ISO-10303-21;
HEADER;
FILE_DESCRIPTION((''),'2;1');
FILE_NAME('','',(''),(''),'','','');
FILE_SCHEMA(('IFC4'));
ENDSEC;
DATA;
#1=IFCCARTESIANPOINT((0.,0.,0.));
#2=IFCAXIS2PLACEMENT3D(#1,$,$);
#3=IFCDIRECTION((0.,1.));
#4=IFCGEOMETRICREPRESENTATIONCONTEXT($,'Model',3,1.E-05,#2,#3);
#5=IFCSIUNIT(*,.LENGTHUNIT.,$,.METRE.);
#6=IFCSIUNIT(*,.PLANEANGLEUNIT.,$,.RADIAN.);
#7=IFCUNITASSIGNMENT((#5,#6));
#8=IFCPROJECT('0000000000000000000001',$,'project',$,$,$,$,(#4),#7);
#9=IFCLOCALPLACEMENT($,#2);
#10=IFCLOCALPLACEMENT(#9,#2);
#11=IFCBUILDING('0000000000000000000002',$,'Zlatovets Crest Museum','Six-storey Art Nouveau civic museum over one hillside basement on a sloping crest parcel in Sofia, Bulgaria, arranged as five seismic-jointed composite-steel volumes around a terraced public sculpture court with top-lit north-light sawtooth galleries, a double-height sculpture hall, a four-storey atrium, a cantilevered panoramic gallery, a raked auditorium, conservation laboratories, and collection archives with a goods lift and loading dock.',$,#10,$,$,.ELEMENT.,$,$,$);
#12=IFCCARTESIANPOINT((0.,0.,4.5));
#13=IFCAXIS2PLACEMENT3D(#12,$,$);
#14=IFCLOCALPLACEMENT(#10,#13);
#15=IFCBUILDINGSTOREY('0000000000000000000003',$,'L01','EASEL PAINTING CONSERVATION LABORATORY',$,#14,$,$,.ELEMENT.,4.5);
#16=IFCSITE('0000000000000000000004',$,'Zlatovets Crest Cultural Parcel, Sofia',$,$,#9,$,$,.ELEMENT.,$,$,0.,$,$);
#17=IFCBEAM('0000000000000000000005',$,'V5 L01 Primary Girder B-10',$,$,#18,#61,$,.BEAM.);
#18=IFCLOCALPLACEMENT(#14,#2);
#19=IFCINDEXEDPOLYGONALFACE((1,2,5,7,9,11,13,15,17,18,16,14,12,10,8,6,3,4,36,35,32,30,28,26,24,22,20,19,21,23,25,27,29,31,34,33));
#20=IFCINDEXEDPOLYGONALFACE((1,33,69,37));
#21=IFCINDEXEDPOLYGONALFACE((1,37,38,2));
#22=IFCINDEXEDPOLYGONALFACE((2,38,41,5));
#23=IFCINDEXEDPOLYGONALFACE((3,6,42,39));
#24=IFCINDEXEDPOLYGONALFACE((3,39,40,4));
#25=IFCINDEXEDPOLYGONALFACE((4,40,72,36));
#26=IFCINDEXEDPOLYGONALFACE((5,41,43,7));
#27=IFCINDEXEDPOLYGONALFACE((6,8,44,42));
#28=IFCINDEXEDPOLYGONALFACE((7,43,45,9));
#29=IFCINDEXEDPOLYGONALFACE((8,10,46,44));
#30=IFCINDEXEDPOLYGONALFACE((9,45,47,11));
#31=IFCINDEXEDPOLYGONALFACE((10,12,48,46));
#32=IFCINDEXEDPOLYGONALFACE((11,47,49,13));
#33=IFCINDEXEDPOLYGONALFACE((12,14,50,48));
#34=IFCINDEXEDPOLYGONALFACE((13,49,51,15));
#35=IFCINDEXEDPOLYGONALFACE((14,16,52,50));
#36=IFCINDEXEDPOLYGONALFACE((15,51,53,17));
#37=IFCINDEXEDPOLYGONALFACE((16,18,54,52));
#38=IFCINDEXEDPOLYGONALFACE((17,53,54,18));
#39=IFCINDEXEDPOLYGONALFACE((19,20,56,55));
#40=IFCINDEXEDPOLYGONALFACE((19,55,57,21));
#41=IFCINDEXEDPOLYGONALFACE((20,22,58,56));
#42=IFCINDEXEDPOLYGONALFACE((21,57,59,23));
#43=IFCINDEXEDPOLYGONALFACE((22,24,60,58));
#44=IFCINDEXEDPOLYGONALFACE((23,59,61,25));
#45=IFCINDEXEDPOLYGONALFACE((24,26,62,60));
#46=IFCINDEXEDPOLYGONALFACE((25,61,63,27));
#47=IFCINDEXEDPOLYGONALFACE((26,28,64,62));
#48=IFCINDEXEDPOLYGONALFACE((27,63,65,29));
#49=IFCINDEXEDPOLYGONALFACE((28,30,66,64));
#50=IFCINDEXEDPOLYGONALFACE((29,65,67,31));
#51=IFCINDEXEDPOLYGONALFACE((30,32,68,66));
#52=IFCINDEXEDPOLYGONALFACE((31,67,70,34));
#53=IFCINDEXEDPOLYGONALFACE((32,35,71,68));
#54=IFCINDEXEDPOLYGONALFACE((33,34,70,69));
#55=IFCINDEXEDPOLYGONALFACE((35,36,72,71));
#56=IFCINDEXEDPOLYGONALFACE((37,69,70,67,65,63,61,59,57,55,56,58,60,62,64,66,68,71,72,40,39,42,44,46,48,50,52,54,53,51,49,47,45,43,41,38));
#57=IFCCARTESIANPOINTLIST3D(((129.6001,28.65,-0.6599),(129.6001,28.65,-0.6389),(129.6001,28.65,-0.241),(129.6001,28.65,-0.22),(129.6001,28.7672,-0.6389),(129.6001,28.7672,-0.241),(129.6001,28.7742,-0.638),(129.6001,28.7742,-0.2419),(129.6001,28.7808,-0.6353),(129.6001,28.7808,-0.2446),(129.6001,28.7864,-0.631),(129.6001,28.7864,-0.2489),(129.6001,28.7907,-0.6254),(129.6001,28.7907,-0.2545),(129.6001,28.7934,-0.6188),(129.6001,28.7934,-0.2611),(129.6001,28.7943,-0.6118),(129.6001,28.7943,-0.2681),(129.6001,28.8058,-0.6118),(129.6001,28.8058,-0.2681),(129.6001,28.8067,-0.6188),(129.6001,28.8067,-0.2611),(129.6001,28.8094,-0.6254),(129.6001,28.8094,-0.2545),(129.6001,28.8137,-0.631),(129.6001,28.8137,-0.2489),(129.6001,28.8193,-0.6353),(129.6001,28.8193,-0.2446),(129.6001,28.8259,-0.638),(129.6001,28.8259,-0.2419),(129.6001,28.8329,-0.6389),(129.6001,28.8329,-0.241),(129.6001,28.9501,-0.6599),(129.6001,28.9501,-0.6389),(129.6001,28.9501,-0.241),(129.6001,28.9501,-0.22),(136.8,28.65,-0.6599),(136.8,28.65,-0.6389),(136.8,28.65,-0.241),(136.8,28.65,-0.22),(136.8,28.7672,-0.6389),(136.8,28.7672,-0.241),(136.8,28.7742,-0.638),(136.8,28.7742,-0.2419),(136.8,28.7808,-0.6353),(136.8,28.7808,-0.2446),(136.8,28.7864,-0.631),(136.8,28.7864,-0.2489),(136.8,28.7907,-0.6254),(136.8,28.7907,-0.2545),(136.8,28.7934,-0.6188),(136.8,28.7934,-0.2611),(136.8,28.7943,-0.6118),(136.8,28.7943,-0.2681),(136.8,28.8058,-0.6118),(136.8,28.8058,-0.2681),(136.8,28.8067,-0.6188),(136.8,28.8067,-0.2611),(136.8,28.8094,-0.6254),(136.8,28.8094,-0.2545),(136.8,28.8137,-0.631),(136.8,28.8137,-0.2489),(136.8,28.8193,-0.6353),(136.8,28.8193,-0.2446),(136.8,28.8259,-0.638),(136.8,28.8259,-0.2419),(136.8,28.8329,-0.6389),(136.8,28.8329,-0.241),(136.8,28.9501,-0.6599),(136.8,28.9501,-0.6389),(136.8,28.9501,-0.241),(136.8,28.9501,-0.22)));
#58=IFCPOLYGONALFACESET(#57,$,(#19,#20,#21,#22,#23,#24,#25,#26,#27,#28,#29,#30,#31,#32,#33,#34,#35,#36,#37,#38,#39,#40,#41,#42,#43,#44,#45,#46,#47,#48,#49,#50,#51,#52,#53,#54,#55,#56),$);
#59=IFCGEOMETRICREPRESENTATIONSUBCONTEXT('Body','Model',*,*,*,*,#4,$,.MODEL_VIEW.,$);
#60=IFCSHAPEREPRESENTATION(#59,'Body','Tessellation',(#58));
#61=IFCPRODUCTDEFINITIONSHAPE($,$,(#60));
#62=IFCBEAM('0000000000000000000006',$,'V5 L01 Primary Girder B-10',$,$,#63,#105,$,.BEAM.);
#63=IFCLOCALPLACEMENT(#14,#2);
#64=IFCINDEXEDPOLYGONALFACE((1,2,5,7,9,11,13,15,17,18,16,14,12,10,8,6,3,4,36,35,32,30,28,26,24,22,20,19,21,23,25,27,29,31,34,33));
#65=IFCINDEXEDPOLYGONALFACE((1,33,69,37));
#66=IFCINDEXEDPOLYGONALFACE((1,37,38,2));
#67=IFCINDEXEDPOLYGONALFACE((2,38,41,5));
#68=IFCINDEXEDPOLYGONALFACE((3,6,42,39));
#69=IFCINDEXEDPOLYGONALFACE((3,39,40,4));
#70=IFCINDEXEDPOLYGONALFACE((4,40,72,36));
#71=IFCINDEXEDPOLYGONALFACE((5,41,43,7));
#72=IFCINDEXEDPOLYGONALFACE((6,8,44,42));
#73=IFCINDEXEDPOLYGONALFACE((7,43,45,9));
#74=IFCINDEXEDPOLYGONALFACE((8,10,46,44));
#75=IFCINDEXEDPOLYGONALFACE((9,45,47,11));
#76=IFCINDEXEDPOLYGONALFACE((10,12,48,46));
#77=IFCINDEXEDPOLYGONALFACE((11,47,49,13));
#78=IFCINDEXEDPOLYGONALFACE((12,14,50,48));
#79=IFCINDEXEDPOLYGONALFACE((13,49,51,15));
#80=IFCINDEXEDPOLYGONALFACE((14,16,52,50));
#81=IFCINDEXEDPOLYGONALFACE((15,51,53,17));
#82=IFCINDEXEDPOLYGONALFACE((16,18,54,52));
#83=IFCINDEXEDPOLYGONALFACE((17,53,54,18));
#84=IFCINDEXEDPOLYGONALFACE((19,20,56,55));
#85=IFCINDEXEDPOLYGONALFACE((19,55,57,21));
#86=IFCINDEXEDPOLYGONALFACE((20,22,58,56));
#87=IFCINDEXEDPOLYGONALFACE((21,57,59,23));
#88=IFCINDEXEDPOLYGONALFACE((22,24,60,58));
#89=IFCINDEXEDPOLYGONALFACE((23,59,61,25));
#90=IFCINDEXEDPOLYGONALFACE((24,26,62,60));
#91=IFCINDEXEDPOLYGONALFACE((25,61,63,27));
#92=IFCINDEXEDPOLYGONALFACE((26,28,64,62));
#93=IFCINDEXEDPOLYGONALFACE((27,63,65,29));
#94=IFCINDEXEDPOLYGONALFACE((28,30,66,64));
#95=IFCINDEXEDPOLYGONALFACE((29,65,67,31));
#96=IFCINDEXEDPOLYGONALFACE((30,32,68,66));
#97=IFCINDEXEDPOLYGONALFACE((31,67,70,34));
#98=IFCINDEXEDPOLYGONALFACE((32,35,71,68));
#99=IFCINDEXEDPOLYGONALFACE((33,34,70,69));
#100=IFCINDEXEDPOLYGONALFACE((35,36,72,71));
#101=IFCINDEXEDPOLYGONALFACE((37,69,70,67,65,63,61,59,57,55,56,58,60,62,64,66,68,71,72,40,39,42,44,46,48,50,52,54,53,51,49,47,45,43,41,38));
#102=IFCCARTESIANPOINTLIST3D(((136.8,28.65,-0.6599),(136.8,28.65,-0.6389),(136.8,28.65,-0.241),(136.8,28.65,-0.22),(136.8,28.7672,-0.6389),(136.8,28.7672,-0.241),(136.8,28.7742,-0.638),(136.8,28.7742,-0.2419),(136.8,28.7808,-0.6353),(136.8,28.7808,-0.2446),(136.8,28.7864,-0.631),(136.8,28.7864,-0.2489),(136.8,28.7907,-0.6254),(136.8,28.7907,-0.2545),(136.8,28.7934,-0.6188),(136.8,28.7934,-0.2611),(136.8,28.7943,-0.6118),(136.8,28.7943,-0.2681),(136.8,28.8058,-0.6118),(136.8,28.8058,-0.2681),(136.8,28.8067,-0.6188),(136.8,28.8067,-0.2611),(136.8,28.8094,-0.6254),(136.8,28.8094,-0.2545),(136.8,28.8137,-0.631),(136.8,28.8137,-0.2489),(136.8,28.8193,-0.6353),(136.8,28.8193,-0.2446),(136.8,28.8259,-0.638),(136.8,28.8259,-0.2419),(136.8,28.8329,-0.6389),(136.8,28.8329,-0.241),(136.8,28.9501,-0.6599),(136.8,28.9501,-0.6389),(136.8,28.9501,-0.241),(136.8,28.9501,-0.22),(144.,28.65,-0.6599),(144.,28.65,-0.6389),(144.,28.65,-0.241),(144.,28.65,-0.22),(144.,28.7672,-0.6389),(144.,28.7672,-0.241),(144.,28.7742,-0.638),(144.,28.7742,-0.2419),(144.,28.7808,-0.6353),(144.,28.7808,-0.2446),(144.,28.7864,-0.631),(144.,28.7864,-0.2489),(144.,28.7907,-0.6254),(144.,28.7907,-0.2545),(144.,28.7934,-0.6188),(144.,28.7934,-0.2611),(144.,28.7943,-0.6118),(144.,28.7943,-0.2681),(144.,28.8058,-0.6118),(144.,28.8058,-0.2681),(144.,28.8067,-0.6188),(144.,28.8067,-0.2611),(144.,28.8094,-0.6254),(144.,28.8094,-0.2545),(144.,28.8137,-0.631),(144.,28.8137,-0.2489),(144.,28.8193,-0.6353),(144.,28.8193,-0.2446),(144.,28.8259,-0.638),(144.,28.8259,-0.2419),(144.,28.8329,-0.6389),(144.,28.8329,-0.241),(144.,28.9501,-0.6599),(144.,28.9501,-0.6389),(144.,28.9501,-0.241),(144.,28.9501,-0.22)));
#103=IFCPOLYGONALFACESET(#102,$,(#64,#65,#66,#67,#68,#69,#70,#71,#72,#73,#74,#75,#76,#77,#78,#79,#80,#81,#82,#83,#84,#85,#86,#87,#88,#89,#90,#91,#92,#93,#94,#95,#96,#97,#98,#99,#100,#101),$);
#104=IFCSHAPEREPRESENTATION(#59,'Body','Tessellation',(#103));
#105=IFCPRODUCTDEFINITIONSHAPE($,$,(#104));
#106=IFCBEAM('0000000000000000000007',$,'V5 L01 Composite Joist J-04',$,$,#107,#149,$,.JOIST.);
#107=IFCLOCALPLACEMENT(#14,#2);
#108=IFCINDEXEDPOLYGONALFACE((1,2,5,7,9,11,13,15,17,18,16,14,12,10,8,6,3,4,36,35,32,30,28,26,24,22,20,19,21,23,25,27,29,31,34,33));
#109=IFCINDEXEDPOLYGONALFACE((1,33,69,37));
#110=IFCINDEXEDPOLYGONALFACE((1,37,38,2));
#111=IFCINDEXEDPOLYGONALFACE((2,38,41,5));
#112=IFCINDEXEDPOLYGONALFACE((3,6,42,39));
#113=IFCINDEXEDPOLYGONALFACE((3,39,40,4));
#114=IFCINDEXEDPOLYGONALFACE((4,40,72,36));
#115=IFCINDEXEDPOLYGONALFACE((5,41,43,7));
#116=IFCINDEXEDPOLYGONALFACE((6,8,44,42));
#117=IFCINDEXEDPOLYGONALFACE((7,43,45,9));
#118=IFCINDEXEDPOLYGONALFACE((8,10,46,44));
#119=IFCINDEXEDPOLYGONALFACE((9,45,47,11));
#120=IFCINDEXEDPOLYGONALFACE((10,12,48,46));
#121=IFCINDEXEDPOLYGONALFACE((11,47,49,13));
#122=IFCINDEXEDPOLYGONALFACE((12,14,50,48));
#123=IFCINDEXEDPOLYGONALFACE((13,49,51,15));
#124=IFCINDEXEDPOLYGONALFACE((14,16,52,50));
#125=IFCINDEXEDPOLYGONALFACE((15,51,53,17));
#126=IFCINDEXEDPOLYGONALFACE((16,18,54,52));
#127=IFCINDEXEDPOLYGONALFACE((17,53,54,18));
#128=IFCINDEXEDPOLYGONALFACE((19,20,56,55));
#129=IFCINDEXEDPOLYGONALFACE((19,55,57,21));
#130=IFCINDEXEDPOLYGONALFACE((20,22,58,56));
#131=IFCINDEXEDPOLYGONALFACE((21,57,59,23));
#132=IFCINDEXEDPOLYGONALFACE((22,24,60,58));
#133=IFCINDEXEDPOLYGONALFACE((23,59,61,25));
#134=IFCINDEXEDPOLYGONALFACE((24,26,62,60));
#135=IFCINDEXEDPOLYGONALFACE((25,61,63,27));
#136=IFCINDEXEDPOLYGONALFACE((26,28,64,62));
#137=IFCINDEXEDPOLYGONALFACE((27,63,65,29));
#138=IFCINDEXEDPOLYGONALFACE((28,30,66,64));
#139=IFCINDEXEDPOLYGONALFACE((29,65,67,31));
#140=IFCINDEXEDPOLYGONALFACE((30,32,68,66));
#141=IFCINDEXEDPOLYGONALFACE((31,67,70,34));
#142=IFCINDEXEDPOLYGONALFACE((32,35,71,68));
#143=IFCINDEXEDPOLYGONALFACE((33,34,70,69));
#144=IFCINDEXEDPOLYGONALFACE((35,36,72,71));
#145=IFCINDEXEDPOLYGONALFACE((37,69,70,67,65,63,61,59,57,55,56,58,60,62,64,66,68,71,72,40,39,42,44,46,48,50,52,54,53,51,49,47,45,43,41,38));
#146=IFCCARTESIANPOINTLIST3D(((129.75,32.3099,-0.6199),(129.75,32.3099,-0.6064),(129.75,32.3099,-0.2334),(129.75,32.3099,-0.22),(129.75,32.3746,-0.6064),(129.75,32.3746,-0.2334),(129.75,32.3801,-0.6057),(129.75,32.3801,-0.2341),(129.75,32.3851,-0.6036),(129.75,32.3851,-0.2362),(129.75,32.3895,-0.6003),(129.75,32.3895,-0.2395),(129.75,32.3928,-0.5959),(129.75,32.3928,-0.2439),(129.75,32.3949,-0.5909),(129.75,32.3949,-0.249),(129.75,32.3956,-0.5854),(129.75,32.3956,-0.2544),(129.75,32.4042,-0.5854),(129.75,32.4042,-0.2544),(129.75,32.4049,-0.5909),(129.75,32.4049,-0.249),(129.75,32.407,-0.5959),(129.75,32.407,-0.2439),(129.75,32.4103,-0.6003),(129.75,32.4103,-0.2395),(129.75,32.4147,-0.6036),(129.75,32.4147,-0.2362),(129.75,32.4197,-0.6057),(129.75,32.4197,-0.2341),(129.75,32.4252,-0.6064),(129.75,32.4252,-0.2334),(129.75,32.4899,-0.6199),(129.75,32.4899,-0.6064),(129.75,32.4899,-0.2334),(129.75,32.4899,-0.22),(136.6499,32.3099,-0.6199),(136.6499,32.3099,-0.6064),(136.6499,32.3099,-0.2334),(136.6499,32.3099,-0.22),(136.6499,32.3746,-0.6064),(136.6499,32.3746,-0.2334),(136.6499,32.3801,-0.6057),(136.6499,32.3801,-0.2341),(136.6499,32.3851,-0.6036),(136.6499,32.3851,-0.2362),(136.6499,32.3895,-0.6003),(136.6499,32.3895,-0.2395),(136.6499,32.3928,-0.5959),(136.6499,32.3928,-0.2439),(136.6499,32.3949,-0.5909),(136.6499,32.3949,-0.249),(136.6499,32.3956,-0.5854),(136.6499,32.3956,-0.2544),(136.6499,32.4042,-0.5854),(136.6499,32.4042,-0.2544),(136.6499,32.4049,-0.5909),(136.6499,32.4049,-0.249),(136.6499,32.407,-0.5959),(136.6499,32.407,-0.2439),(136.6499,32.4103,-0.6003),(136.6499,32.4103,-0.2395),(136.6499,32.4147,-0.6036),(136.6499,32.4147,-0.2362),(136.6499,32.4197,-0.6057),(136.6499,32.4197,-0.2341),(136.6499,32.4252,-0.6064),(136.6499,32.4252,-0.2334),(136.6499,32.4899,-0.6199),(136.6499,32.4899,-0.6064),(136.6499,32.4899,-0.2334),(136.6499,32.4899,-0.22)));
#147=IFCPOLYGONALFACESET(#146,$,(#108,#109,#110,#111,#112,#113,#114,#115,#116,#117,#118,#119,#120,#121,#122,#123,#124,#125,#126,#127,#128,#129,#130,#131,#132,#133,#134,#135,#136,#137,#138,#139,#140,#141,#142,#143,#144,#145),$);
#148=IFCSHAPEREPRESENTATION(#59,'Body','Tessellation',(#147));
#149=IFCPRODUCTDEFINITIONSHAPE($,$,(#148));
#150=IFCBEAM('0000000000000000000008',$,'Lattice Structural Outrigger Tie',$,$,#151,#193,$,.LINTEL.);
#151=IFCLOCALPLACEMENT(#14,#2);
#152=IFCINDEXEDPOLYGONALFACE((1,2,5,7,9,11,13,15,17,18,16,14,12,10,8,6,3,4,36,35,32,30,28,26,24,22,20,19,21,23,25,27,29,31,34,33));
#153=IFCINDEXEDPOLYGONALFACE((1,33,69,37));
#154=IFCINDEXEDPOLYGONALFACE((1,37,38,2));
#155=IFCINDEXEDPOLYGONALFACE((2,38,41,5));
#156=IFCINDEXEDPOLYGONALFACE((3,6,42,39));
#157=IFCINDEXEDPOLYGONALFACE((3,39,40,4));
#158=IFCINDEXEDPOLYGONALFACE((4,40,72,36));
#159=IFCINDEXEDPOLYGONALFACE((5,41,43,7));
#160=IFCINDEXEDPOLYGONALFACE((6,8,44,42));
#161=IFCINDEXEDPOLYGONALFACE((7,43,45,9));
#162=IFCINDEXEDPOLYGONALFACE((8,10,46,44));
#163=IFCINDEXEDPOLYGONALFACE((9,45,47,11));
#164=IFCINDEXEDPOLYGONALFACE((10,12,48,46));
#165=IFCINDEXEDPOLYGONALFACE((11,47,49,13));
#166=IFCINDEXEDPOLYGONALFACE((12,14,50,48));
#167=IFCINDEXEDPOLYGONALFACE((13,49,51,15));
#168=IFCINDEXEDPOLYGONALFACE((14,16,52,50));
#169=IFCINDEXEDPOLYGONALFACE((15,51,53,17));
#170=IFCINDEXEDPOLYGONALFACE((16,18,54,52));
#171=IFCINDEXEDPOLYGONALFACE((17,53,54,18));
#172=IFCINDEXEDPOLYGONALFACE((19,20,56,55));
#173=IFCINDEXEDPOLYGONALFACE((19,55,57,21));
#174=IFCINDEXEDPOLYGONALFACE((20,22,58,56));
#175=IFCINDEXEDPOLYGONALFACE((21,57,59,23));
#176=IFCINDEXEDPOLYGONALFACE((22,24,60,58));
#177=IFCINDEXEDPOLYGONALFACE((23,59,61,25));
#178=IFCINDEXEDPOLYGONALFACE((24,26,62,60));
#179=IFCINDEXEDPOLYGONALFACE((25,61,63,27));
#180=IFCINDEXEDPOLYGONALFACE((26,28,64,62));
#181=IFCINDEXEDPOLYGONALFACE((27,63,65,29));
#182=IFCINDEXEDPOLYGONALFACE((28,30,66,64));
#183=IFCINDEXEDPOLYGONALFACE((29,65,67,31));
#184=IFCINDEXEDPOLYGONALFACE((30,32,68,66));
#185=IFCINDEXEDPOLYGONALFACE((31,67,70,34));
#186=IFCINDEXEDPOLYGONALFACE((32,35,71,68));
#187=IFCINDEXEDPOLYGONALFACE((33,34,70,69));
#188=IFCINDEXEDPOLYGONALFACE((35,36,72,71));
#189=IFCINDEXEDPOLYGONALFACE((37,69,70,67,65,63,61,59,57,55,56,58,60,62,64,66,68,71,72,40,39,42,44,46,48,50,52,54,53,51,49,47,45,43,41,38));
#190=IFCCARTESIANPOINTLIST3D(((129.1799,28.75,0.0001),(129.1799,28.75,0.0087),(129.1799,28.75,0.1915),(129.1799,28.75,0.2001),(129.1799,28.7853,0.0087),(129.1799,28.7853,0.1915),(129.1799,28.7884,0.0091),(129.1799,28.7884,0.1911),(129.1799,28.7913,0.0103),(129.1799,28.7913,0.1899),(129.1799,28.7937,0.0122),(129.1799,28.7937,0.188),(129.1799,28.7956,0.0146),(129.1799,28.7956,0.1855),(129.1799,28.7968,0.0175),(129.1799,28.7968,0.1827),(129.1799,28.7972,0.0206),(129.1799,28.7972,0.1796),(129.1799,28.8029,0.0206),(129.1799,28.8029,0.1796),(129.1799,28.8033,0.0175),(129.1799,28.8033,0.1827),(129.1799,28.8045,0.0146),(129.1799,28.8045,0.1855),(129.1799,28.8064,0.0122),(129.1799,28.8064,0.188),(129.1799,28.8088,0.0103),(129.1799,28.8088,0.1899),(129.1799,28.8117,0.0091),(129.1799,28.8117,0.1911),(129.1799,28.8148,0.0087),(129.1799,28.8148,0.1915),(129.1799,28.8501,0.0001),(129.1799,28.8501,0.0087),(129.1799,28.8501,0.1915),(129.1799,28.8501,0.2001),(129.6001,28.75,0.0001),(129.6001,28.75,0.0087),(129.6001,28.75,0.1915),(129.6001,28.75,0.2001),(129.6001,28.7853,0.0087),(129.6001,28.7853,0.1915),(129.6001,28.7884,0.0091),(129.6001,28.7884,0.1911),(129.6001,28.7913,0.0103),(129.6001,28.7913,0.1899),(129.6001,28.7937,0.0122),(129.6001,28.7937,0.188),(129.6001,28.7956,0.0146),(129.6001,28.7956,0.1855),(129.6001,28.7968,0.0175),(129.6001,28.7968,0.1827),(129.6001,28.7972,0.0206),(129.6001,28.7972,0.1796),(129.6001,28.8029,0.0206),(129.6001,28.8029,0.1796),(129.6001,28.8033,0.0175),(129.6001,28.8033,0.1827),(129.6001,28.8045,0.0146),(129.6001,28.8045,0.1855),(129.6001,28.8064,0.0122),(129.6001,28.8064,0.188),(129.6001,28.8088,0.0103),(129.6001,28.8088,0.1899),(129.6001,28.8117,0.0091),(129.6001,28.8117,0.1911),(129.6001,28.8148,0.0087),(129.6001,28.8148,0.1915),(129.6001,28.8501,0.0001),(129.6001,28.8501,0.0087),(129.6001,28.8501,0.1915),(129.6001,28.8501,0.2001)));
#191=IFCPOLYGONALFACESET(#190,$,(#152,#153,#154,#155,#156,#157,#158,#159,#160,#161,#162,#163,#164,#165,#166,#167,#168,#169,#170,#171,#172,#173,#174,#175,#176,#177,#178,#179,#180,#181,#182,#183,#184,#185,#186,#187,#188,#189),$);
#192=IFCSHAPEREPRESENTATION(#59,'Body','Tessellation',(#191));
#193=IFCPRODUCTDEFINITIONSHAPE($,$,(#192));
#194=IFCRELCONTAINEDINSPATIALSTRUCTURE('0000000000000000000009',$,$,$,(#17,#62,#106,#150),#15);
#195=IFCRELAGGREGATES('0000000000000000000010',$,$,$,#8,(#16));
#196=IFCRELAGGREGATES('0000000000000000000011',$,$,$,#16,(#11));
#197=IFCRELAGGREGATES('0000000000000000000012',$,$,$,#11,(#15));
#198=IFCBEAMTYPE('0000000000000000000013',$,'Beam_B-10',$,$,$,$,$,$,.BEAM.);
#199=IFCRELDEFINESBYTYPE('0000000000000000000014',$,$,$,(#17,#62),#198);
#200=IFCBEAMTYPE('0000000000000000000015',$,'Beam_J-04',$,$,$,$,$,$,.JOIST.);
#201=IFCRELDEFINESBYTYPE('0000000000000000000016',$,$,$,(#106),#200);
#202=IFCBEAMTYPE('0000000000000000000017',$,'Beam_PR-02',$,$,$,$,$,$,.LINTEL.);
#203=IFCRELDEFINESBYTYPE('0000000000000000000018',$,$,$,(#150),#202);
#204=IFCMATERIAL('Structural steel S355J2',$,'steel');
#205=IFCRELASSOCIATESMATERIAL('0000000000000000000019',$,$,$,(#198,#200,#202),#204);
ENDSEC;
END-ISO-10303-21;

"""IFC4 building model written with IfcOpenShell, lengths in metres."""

from ifc_helpers import new_model, si_unit, direction, frame, origin, origin_2d, place, context, subcontext, project, spatial, i_section, extrude, material, material_profile, profile_set, type_object, element, save


model = new_model("IFC4")

# Units and contexts
model_context = context("Model", 3, precision=1e-05, world=origin(), true_north=direction((0.0, 1.0)))
body_context = subcontext(model_context, "Body", "Model", "MODEL_VIEW")
ifc_project = project(units=[si_unit("LENGTHUNIT", "METRE"), si_unit("PLANEANGLEUNIT", "RADIAN")], contexts=[model_context])

# Site, building, storey
site_placement = place(None, origin())
site = spatial("IfcSite", under=ifc_project, at=site_placement, Name="Zlatovets Crest Cultural Parcel, Sofia", CompositionType="ELEMENT", RefElevation=0.0)
building_placement = place(site_placement, origin())
building = spatial("IfcBuilding", under=site, at=building_placement, Name="Zlatovets Crest Museum", Description="Six-storey Art Nouveau civic museum over one hillside basement on a sloping crest parcel in Sofia, Bulgaria, arranged as five seismic-jointed composite-steel volumes around a terraced public sculpture court with top-lit north-light sawtooth galleries, a double-height sculpture hall, a four-storey atrium, a cantilevered panoramic gallery, a raked auditorium, conservation laboratories, and collection archives with a goods lift and loading dock.", CompositionType="ELEMENT")
storey_placement = place(building_placement, frame((0.0, 0.0, 4.5)))
storey = spatial("IfcBuildingStorey", under=building, at=storey_placement, Name="L01", Description="EASEL PAINTING CONSERVATION LABORATORY", CompositionType="ELEMENT", Elevation=4.5)

# Shared definitions
ifc_material_1 = material(Name="Structural steel S355J2", Category="steel")

# Beams
ifc_material_profile_1 = material_profile(ifc_material_1, i_section(OverallWidth=0.3, OverallDepth=0.4399, WebThickness=0.0115, FlangeThickness=0.021, FilletRadius=0.0271, at=origin_2d()), Name="HEA 450")
ifc_profile_set_1 = profile_set([ifc_material_profile_1], Name="Structural steel S355J2")
beam_type_1 = type_object("IfcBeamType", Name="Beam_B-10", PredefinedType="BEAM", material=ifc_profile_set_1)
for number, where, z_axis, x_axis, name in (
    (1, (129.6001, 28.8, -0.4399), (1.0, 0.0, 0.0), (0.0, 1.0, 0.0), "V5 L01 Primary Girder B-10"),
    (2, (136.8, 28.8, -0.4399), (1.0, 0.0, 0.0), (0.0, 1.0, 0.0), "V5 L01 Primary Girder B-10"),
):
    element("IfcBeam", number, at=place(storey_placement, frame(where, z_axis=z_axis, x_axis=x_axis)), inside=storey, type_object=beam_type_1, Name=name, PredefinedType="BEAM", context=body_context, shape_type="SweptSolid", body=[
        extrude(i_section(OverallWidth=0.3, OverallDepth=0.4399, WebThickness=0.0115, FlangeThickness=0.021, FilletRadius=0.0271, at=origin_2d()), origin(), (0.0, 0.0, 1.0), 7.2),
    ])
ifc_material_profile_2 = material_profile(ifc_material_1, i_section(OverallWidth=0.1799, OverallDepth=0.3999, WebThickness=0.0085, FlangeThickness=0.0134, FilletRadius=0.021, at=origin_2d()), Name="IPE 400")
ifc_profile_set_2 = profile_set([ifc_material_profile_2], Name="Structural steel S355J2")
beam_type_2 = type_object("IfcBeamType", Name="Beam_J-04", PredefinedType="JOIST", material=ifc_profile_set_2)
beam_placement = place(storey_placement, frame((129.75, 32.3999, -0.4199), z_axis=(1.0, 0.0, 0.0), x_axis=(0.0, 1.0, 0.0)))
element("IfcBeam", 3, at=beam_placement, inside=storey, type_object=beam_type_2, Name="V5 L01 Composite Joist J-04", PredefinedType="JOIST", context=body_context, shape_type="SweptSolid", body=[
    extrude(i_section(OverallWidth=0.1799, OverallDepth=0.3999, WebThickness=0.0085, FlangeThickness=0.0134, FilletRadius=0.021, at=origin_2d()), origin(), (0.0, 0.0, 1.0), 6.8999),
])
ifc_material_profile_3 = material_profile(ifc_material_1, i_section(OverallWidth=0.1001, OverallDepth=0.2, WebThickness=0.0056, FlangeThickness=0.0085, FilletRadius=0.012, at=origin_2d()), Name="IPE 200")
ifc_profile_set_3 = profile_set([ifc_material_profile_3], Name="Structural steel S355J2")
beam_type_3 = type_object("IfcBeamType", Name="Beam_PR-02", PredefinedType="LINTEL", material=ifc_profile_set_3)
for number, where, z_axis, x_axis, name in (
    (4, (129.6001, 28.8, 0.1001), (-1.0, 0.0, 0.0), (0.0, -1.0, 0.0), "Lattice Structural Outrigger Tie"),
):
    element("IfcBeam", number, at=place(storey_placement, frame(where, z_axis=z_axis, x_axis=x_axis)), inside=storey, type_object=beam_type_3, Name=name, PredefinedType="LINTEL", context=body_context, shape_type="SweptSolid", body=[
        extrude(i_section(OverallWidth=0.1001, OverallDepth=0.2, WebThickness=0.0056, FlangeThickness=0.0085, FilletRadius=0.012, at=origin_2d()), origin(), (0.0, 0.0, 1.0), 0.4202),
    ])

save(model, "model.ifc")
